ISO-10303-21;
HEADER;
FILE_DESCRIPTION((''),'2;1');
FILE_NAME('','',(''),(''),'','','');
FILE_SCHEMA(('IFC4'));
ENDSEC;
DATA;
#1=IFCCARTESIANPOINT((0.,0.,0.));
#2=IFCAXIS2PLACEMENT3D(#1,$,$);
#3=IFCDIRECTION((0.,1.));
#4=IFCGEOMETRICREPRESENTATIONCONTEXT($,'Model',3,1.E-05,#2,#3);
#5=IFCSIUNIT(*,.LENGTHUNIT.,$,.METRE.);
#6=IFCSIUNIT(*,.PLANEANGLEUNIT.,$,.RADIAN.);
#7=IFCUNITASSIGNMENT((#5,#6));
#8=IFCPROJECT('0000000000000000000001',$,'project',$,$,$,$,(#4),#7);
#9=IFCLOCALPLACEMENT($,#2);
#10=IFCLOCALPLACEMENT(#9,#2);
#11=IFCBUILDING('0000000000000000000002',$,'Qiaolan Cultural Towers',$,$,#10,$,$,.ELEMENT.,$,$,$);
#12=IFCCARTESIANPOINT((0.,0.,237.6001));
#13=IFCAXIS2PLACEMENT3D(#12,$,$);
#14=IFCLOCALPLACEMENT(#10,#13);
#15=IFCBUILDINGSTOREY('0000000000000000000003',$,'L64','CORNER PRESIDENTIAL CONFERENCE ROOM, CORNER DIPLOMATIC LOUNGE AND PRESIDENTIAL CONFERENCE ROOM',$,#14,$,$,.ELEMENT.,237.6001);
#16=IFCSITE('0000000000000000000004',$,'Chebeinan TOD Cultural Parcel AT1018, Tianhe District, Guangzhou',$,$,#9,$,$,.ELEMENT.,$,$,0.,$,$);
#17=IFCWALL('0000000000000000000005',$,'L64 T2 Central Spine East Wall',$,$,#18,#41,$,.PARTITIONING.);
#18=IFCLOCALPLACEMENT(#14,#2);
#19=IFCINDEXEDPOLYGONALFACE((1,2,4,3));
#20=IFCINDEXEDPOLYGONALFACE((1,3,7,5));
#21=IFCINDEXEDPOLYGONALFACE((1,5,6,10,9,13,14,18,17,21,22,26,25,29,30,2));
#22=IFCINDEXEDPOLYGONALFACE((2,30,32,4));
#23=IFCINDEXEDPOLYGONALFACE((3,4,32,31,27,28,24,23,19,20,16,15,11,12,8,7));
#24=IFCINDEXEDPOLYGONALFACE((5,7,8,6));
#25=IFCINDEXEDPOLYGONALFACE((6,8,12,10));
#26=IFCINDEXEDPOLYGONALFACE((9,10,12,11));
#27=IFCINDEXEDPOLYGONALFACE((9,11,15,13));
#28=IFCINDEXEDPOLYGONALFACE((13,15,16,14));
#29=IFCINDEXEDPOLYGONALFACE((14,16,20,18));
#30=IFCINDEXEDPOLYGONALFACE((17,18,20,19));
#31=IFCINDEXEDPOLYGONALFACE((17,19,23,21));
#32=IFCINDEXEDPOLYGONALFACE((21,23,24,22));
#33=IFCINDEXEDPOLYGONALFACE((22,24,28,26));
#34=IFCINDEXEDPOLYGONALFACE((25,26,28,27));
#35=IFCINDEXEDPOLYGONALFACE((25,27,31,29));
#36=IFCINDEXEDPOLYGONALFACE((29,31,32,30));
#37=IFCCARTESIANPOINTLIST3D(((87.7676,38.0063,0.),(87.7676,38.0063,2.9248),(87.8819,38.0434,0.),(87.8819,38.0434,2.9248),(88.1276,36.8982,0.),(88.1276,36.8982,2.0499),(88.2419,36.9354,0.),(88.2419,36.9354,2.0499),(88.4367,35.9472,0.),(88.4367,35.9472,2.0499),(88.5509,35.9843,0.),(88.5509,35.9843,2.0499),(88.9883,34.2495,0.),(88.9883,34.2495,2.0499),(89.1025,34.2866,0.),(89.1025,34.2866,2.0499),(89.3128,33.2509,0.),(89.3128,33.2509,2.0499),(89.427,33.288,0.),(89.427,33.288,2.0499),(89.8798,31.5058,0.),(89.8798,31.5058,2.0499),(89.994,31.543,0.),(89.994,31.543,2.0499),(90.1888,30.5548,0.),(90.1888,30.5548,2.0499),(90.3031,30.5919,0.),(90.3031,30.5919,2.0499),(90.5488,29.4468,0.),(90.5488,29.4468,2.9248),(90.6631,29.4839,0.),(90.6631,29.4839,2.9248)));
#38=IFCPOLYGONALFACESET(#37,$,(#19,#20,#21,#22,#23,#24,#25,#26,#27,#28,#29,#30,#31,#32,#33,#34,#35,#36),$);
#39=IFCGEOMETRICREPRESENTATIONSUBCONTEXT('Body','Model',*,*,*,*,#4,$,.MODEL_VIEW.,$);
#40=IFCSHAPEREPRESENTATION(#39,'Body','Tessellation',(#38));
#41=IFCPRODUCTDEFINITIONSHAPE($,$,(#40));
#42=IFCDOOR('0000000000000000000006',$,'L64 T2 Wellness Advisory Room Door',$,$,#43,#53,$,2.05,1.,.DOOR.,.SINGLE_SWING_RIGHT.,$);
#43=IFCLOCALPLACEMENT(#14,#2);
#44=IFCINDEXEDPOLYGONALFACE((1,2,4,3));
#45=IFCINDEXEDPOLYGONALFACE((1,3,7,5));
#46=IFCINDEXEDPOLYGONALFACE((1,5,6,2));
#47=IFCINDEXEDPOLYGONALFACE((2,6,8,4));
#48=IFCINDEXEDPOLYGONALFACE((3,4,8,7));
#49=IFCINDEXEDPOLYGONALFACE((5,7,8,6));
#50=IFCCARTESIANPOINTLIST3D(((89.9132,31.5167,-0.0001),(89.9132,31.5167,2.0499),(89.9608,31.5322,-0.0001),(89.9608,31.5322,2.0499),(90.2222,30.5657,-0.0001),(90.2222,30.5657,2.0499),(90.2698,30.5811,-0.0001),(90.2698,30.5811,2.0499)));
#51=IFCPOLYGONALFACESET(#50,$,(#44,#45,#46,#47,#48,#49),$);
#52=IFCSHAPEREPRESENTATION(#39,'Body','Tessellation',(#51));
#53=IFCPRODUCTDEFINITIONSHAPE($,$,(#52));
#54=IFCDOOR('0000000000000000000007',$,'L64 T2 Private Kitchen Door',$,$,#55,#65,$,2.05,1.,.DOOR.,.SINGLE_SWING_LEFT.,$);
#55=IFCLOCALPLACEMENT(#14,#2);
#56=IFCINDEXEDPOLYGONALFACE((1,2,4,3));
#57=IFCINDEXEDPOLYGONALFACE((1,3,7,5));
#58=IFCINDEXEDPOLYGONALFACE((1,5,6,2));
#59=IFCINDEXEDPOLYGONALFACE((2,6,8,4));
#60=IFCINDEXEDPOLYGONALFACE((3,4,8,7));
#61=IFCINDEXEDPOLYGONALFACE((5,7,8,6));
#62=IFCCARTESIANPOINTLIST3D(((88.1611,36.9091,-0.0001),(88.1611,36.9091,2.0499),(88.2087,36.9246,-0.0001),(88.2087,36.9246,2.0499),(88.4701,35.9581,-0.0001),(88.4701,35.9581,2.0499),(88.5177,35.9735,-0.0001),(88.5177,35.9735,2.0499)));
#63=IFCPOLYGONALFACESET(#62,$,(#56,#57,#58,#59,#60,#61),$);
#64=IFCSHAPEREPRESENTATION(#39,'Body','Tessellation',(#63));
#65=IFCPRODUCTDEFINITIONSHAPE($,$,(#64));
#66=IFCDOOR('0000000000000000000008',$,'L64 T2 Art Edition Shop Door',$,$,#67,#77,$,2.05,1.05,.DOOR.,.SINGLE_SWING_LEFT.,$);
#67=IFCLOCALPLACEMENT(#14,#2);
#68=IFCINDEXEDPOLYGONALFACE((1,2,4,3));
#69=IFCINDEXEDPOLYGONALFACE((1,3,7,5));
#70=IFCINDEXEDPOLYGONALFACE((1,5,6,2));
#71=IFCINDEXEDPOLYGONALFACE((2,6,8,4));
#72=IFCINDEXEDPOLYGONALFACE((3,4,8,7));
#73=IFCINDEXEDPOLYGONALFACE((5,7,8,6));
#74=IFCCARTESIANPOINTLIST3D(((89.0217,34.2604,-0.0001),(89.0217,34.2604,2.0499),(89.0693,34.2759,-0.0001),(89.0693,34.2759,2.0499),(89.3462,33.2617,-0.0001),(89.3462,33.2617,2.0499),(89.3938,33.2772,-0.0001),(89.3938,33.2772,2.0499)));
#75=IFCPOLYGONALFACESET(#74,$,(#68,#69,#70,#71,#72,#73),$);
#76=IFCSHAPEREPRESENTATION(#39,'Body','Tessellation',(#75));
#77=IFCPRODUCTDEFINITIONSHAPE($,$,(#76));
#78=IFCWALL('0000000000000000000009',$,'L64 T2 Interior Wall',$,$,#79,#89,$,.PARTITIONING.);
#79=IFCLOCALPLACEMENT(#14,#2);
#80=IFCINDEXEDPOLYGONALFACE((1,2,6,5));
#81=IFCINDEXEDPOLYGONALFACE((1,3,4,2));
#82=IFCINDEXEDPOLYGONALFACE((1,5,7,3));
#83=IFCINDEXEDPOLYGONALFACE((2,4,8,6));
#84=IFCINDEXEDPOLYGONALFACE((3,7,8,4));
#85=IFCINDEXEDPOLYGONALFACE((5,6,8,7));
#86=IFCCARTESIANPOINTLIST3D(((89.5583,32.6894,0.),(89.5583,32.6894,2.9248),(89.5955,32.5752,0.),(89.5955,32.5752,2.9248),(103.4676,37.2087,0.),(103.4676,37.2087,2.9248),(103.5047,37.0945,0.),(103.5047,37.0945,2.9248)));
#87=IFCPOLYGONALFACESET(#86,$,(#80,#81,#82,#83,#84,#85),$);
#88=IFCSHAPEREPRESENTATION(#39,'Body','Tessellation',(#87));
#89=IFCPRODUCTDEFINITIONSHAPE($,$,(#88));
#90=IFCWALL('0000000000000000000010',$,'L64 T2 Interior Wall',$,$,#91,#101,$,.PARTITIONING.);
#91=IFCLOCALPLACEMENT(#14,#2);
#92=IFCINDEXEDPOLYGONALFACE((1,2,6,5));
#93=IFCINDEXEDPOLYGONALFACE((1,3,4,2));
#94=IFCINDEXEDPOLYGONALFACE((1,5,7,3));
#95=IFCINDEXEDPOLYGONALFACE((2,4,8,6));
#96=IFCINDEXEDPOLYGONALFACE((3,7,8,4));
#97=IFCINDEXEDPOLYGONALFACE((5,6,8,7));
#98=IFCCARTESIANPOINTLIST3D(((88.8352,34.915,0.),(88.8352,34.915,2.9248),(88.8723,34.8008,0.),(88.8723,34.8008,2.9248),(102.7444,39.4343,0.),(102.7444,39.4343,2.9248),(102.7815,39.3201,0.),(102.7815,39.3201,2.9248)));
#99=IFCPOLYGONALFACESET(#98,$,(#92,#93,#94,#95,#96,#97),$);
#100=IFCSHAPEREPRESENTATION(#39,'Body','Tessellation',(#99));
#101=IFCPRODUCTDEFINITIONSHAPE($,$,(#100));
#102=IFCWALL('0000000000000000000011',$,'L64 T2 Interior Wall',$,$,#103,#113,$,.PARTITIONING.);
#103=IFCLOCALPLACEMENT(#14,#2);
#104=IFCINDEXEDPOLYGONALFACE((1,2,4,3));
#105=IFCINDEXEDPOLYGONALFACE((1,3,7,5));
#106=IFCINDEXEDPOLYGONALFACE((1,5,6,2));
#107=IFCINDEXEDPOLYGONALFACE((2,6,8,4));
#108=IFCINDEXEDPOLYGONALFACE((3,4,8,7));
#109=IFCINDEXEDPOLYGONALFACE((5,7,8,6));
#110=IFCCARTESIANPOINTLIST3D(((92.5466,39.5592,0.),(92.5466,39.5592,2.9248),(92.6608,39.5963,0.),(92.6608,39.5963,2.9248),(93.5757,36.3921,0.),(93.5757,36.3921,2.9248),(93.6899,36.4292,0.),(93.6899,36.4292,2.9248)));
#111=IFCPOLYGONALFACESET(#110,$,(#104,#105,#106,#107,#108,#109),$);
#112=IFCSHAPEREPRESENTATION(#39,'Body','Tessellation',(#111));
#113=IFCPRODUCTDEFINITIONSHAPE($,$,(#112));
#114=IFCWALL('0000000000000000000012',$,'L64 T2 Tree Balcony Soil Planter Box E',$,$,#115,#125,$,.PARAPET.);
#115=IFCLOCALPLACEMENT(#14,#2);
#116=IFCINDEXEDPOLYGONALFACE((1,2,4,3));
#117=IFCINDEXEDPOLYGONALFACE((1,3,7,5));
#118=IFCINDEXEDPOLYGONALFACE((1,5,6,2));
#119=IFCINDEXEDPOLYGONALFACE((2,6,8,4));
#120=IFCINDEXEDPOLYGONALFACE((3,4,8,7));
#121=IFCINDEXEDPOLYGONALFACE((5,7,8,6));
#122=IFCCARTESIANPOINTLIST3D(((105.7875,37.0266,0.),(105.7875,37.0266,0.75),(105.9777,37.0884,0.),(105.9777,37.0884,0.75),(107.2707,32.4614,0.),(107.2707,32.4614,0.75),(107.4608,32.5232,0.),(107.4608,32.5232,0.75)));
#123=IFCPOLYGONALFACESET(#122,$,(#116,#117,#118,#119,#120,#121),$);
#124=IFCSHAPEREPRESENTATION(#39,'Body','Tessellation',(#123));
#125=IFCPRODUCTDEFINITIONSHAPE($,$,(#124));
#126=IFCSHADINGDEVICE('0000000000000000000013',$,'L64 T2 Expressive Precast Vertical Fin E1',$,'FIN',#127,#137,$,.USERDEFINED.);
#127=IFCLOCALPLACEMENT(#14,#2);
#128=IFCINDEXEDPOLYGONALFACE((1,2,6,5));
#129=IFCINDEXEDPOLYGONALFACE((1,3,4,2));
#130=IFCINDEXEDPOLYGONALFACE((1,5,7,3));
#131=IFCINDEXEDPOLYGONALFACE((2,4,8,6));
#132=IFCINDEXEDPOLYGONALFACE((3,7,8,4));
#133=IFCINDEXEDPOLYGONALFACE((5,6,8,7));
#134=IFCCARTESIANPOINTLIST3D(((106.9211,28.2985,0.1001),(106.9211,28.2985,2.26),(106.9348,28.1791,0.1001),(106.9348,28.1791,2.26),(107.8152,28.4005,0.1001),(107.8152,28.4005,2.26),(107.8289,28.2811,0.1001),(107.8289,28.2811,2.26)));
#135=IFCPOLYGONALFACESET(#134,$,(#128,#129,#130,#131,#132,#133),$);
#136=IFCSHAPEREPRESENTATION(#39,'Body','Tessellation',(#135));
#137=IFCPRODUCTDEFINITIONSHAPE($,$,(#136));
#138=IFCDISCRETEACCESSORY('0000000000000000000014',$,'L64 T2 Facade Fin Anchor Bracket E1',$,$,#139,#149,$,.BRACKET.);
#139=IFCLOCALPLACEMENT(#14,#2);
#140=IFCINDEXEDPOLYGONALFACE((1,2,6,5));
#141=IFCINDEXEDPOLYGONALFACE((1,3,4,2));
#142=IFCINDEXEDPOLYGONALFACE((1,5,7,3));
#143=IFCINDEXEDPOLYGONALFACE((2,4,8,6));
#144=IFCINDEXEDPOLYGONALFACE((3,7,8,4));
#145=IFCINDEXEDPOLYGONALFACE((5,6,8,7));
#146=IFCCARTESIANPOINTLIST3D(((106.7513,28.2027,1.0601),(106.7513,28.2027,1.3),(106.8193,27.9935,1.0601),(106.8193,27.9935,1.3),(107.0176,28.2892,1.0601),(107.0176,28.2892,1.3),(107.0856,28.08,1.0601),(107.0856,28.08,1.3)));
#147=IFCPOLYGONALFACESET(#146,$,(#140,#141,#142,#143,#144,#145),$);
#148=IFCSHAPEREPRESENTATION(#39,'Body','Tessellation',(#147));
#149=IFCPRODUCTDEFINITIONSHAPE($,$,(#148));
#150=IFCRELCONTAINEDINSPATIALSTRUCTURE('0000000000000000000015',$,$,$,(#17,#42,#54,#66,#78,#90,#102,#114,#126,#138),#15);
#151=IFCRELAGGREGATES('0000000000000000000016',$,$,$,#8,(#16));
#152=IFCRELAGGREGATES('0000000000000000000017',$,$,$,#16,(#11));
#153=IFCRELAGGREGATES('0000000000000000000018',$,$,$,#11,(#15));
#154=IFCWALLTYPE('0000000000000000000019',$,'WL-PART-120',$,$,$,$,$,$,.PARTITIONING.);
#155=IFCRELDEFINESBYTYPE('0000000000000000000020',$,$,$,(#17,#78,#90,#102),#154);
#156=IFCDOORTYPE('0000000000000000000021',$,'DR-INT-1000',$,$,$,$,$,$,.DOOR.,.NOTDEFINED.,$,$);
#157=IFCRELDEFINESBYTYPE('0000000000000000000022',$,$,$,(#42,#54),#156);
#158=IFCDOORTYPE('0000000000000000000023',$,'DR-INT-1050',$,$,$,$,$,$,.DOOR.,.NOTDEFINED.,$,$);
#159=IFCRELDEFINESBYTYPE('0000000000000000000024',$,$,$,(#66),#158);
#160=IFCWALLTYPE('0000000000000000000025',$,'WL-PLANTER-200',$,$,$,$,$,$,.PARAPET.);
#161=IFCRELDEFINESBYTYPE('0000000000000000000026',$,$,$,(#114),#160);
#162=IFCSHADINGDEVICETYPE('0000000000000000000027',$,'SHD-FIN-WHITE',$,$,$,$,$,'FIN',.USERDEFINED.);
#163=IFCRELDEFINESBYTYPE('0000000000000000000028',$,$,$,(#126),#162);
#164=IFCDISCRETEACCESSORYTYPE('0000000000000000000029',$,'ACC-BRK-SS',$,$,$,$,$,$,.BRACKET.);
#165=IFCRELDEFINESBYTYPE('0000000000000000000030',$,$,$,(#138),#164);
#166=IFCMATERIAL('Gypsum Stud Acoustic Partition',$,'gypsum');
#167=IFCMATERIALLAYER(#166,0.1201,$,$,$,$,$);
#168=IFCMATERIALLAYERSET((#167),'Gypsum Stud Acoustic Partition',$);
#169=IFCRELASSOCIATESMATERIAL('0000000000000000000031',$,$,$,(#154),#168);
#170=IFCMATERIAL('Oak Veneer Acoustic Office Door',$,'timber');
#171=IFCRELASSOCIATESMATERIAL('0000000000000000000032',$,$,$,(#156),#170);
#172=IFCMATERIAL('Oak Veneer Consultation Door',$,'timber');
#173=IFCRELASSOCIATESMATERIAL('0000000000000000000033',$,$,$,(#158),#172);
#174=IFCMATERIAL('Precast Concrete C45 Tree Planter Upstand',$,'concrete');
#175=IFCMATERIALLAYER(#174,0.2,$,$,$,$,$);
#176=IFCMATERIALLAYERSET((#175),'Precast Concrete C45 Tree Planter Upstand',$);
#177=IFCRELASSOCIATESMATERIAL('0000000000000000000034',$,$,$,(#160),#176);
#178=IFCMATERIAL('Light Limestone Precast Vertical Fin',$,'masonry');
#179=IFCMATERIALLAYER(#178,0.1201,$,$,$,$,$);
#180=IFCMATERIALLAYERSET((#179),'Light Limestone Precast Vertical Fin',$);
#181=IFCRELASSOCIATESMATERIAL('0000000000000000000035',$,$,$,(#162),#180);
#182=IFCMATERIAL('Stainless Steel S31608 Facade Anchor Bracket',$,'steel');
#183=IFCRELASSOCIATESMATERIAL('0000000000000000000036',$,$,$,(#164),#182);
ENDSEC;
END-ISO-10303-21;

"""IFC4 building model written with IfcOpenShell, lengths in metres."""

from ifc_helpers import new_model, si_unit, direction, frame, frame_2d, origin, origin_2d, place, context, subcontext, project, spatial, rectangle, extrude, material, layer, layer_set, type_object, element, fill, save


model = new_model("IFC4")

# Units and contexts
model_context = context("Model", 3, precision=1e-05, world=origin(), true_north=direction((0.0, 1.0)))
body_context = subcontext(model_context, "Body", "Model", "MODEL_VIEW")
ifc_project = project(units=[si_unit("LENGTHUNIT", "METRE"), si_unit("PLANEANGLEUNIT", "RADIAN")], contexts=[model_context])

# Site, building, storey
site_placement = place(None, origin())
site = spatial("IfcSite", under=ifc_project, at=site_placement, Name="Chebeinan TOD Cultural Parcel AT1018, Tianhe District, Guangzhou", CompositionType="ELEMENT", RefElevation=0.0)
building_placement = place(site_placement, origin())
building = spatial("IfcBuilding", under=site, at=building_placement, Name="Qiaolan Cultural Towers", CompositionType="ELEMENT")
storey_placement = place(building_placement, frame((0.0, 0.0, 237.6001)))
storey = spatial("IfcBuildingStorey", under=building, at=storey_placement, Name="L64", Description="CORNER PRESIDENTIAL CONFERENCE ROOM, CORNER DIPLOMATIC LOUNGE AND PRESIDENTIAL CONFERENCE ROOM", CompositionType="ELEMENT", Elevation=237.6001)

# Shared definitions
ifc_material_1 = material(Name="Gypsum Stud Acoustic Partition", Category="gypsum")
ifc_layer_1 = layer(ifc_material_1, 0.1201)
ifc_layer_set_1 = layer_set([ifc_layer_1], Name="Gypsum Stud Acoustic Partition")
wall_type_1 = type_object("IfcWallType", Name="WL-PART-120", PredefinedType="PARTITIONING", material=ifc_layer_set_1)

# Shared definitions
ifc_material_2 = material(Name="Oak Veneer Acoustic Office Door", Category="timber")
door_type_1 = type_object("IfcDoorType", Name="DR-INT-1000", OperationType="NOTDEFINED", PredefinedType="DOOR", material=ifc_material_2)

# Wall, openings, doors
wall_1_placement = place(storey_placement, frame((90.606, 29.4653, 0.0), z_axis=(0.0, 0.0, 1.0), x_axis=(-0.309025, 0.951054, 0.0)))
wall_1 = element("IfcWall", 1, at=wall_1_placement, inside=storey, type_object=wall_type_1, Name="L64 T2 Central Spine East Wall", PredefinedType="PARTITIONING", context=body_context, shape_type="SweptSolid", body=[
    extrude(rectangle(XDim=9.0, YDim=0.1201, at=frame_2d((4.5, 0.0))), origin(), (0.0, 0.0, 1.0), 2.9248),
])
opening_1_placement = place(wall_1_placement, frame((1.165, 0.0, 0.0)))
opening_1 = element("IfcOpeningElement", 2, at=opening_1_placement, cuts=wall_1, PredefinedType="OPENING", context=body_context, shape_type="SweptSolid", body=[
    extrude(rectangle(XDim=1.0, YDim=2.05, at=frame_2d((0.5, 1.0249))), frame((0.0, 0.0701, 0.0), z_axis=(0.0, -1.0, 0.0), x_axis=(1.0, 0.0, 0.0)), (0.0, 0.0, 1.0), 0.1401),
])
opening_2_placement = place(wall_1_placement, frame((4.0, 0.0, 0.0)))
opening_2 = element("IfcOpeningElement", 3, at=opening_2_placement, cuts=wall_1, PredefinedType="OPENING", context=body_context, shape_type="SweptSolid", body=[
    extrude(rectangle(XDim=1.05, YDim=2.05, at=frame_2d((0.5249, 1.0249))), frame((0.0, 0.0701, 0.0), z_axis=(0.0, -1.0, 0.0), x_axis=(1.0, 0.0, 0.0)), (0.0, 0.0, 1.0), 0.1401),
])
opening_3_placement = place(wall_1_placement, frame((6.835, 0.0, 0.0)))
opening_3 = element("IfcOpeningElement", 4, at=opening_3_placement, cuts=wall_1, PredefinedType="OPENING", context=body_context, shape_type="SweptSolid", body=[
    extrude(rectangle(XDim=1.0, YDim=2.05, at=frame_2d((0.5, 1.0249))), frame((0.0, 0.0701, 0.0), z_axis=(0.0, -1.0, 0.0), x_axis=(1.0, 0.0, 0.0)), (0.0, 0.0, 1.0), 0.1401),
])
door_1_placement = place(opening_1_placement, origin())
door_1 = element("IfcDoor", 5, at=door_1_placement, inside=storey, type_object=door_type_1, Name="L64 T2 Wellness Advisory Room Door", OperationType="SINGLE_SWING_RIGHT", OverallHeight=2.05, OverallWidth=1.0, PredefinedType="DOOR", context=body_context, shape_type="SweptSolid", body=[
    extrude(rectangle(XDim=1.0, YDim=2.05, at=frame_2d((0.5, 1.0249))), frame((0.0, 0.0249, 0.0), z_axis=(0.0, -1.0, 0.0), x_axis=(1.0, 0.0, 0.0)), (0.0, 0.0, 1.0), 0.05),
])
fill(opening_1, door_1)
door_2_placement = place(opening_3_placement, origin())
door_2 = element("IfcDoor", 6, at=door_2_placement, inside=storey, type_object=door_type_1, Name="L64 T2 Private Kitchen Door", OperationType="SINGLE_SWING_LEFT", OverallHeight=2.05, OverallWidth=1.0, PredefinedType="DOOR", context=body_context, shape_type="SweptSolid", body=[
    extrude(rectangle(XDim=1.0, YDim=2.05, at=frame_2d((0.5, 1.0249))), frame((0.0, 0.0249, 0.0), z_axis=(0.0, -1.0, 0.0), x_axis=(1.0, 0.0, 0.0)), (0.0, 0.0, 1.0), 0.05),
])
fill(opening_3, door_2)
ifc_material_3 = material(Name="Oak Veneer Consultation Door", Category="timber")
door_type_2 = type_object("IfcDoorType", Name="DR-INT-1050", OperationType="NOTDEFINED", PredefinedType="DOOR", material=ifc_material_3)
door_3_placement = place(opening_2_placement, origin())
door_3 = element("IfcDoor", 7, at=door_3_placement, inside=storey, type_object=door_type_2, Name="L64 T2 Art Edition Shop Door", OperationType="SINGLE_SWING_LEFT", OverallHeight=2.05, OverallWidth=1.05, PredefinedType="DOOR", context=body_context, shape_type="SweptSolid", body=[
    extrude(rectangle(XDim=1.05, YDim=2.05, at=frame_2d((0.5249, 1.0249))), frame((0.0, 0.0249, 0.0), z_axis=(0.0, -1.0, 0.0), x_axis=(1.0, 0.0, 0.0)), (0.0, 0.0, 1.0), 0.05),
])
fill(opening_2, door_3)

# Walls
for number, where, z_axis, x_axis, name in (
    (8, (89.5769, 32.6323, 0.0), (0.0, 0.0, 1.0), (0.951058, 0.309012, 0.0), "L64 T2 Interior Wall"),
    (9, (88.8538, 34.8579, 0.0), (0.0, 0.0, 1.0), (0.951058, 0.309012, 0.0), "L64 T2 Interior Wall"),
):
    element("IfcWall", number, at=place(storey_placement, frame(where, z_axis=z_axis, x_axis=x_axis)), inside=storey, type_object=wall_type_1, Name=name, PredefinedType="PARTITIONING", context=body_context, shape_type="SweptSolid", body=[
        extrude(rectangle(XDim=14.625, YDim=0.1201, at=frame_2d((7.3125, 0.0))), origin(), (0.0, 0.0, 1.0), 2.9248),
    ])
wall_2_placement = place(storey_placement, frame((93.6328, 36.4106, 0.0), z_axis=(0.0, 0.0, 1.0), x_axis=(-0.309026, 0.951053, 0.0)))
element("IfcWall", 10, at=wall_2_placement, inside=storey, type_object=wall_type_1, Name="L64 T2 Interior Wall", PredefinedType="PARTITIONING", context=body_context, shape_type="SweptSolid", body=[
    extrude(rectangle(XDim=3.3301, YDim=0.1201, at=frame_2d((1.665, 0.0))), origin(), (0.0, 0.0, 1.0), 2.9248),
])
ifc_material_4 = material(Name="Precast Concrete C45 Tree Planter Upstand", Category="concrete")
ifc_layer_2 = layer(ifc_material_4, 0.2)
ifc_layer_set_2 = layer_set([ifc_layer_2], Name="Precast Concrete C45 Tree Planter Upstand")
wall_type_2 = type_object("IfcWallType", Name="WL-PLANTER-200", PredefinedType="PARAPET", material=ifc_layer_set_2)
wall_3_placement = place(storey_placement, frame((107.3657, 32.4924, 0.0), z_axis=(0.0, 0.0, 1.0), x_axis=(-0.308986, 0.951067, 0.0)))
element("IfcWall", 11, at=wall_3_placement, inside=storey, type_object=wall_type_2, Name="L64 T2 Tree Balcony Soil Planter Box E", PredefinedType="PARAPET", context=body_context, shape_type="SweptSolid", body=[
    extrude(rectangle(XDim=4.8, YDim=0.2, at=frame_2d((2.3999, 0.0))), origin(), (0.0, 0.0, 1.0), 0.75),
])

# Shading device
ifc_material_5 = material(Name="Light Limestone Precast Vertical Fin", Category="masonry")
ifc_layer_3 = layer(ifc_material_5, 0.1201)
ifc_layer_set_3 = layer_set([ifc_layer_3], Name="Light Limestone Precast Vertical Fin")
shading_device_type = type_object("IfcShadingDeviceType", Name="SHD-FIN-WHITE", ElementType="FIN", PredefinedType="USERDEFINED", material=ifc_layer_set_3)
shading_device_placement = place(storey_placement, frame((107.375, 28.2898, 0.1001), z_axis=(0.0, 0.0, 1.0), x_axis=(0.993553, 0.113365, 0.0)))
element("IfcShadingDevice", 12, at=shading_device_placement, inside=storey, type_object=shading_device_type, Name="L64 T2 Expressive Precast Vertical Fin E1", ObjectType="FIN", PredefinedType="USERDEFINED", context=body_context, shape_type="SweptSolid", body=[
    extrude(rectangle(XDim=0.8999, YDim=0.1201, at=origin_2d()), origin(), (0.0, 0.0, 1.0), 2.1599),
])

# Discrete accessory
ifc_material_6 = material(Name="Stainless Steel S31608 Facade Anchor Bracket", Category="steel")
discrete_accessory_type = type_object("IfcDiscreteAccessoryType", Name="ACC-BRK-SS", PredefinedType="BRACKET", material=ifc_material_6)
discrete_accessory_placement = place(storey_placement, frame((106.9185, 28.1414, 1.0601), z_axis=(0.0, 0.0, 1.0), x_axis=(0.951057, 0.309017, 0.0)))
element("IfcDiscreteAccessory", 13, at=discrete_accessory_placement, inside=storey, type_object=discrete_accessory_type, Name="L64 T2 Facade Fin Anchor Bracket E1", PredefinedType="BRACKET", context=body_context, shape_type="SweptSolid", body=[
    extrude(rectangle(XDim=0.28, YDim=0.22, at=origin_2d()), origin(), (0.0, 0.0, 1.0), 0.24),
])

save(model, "model.ifc")
